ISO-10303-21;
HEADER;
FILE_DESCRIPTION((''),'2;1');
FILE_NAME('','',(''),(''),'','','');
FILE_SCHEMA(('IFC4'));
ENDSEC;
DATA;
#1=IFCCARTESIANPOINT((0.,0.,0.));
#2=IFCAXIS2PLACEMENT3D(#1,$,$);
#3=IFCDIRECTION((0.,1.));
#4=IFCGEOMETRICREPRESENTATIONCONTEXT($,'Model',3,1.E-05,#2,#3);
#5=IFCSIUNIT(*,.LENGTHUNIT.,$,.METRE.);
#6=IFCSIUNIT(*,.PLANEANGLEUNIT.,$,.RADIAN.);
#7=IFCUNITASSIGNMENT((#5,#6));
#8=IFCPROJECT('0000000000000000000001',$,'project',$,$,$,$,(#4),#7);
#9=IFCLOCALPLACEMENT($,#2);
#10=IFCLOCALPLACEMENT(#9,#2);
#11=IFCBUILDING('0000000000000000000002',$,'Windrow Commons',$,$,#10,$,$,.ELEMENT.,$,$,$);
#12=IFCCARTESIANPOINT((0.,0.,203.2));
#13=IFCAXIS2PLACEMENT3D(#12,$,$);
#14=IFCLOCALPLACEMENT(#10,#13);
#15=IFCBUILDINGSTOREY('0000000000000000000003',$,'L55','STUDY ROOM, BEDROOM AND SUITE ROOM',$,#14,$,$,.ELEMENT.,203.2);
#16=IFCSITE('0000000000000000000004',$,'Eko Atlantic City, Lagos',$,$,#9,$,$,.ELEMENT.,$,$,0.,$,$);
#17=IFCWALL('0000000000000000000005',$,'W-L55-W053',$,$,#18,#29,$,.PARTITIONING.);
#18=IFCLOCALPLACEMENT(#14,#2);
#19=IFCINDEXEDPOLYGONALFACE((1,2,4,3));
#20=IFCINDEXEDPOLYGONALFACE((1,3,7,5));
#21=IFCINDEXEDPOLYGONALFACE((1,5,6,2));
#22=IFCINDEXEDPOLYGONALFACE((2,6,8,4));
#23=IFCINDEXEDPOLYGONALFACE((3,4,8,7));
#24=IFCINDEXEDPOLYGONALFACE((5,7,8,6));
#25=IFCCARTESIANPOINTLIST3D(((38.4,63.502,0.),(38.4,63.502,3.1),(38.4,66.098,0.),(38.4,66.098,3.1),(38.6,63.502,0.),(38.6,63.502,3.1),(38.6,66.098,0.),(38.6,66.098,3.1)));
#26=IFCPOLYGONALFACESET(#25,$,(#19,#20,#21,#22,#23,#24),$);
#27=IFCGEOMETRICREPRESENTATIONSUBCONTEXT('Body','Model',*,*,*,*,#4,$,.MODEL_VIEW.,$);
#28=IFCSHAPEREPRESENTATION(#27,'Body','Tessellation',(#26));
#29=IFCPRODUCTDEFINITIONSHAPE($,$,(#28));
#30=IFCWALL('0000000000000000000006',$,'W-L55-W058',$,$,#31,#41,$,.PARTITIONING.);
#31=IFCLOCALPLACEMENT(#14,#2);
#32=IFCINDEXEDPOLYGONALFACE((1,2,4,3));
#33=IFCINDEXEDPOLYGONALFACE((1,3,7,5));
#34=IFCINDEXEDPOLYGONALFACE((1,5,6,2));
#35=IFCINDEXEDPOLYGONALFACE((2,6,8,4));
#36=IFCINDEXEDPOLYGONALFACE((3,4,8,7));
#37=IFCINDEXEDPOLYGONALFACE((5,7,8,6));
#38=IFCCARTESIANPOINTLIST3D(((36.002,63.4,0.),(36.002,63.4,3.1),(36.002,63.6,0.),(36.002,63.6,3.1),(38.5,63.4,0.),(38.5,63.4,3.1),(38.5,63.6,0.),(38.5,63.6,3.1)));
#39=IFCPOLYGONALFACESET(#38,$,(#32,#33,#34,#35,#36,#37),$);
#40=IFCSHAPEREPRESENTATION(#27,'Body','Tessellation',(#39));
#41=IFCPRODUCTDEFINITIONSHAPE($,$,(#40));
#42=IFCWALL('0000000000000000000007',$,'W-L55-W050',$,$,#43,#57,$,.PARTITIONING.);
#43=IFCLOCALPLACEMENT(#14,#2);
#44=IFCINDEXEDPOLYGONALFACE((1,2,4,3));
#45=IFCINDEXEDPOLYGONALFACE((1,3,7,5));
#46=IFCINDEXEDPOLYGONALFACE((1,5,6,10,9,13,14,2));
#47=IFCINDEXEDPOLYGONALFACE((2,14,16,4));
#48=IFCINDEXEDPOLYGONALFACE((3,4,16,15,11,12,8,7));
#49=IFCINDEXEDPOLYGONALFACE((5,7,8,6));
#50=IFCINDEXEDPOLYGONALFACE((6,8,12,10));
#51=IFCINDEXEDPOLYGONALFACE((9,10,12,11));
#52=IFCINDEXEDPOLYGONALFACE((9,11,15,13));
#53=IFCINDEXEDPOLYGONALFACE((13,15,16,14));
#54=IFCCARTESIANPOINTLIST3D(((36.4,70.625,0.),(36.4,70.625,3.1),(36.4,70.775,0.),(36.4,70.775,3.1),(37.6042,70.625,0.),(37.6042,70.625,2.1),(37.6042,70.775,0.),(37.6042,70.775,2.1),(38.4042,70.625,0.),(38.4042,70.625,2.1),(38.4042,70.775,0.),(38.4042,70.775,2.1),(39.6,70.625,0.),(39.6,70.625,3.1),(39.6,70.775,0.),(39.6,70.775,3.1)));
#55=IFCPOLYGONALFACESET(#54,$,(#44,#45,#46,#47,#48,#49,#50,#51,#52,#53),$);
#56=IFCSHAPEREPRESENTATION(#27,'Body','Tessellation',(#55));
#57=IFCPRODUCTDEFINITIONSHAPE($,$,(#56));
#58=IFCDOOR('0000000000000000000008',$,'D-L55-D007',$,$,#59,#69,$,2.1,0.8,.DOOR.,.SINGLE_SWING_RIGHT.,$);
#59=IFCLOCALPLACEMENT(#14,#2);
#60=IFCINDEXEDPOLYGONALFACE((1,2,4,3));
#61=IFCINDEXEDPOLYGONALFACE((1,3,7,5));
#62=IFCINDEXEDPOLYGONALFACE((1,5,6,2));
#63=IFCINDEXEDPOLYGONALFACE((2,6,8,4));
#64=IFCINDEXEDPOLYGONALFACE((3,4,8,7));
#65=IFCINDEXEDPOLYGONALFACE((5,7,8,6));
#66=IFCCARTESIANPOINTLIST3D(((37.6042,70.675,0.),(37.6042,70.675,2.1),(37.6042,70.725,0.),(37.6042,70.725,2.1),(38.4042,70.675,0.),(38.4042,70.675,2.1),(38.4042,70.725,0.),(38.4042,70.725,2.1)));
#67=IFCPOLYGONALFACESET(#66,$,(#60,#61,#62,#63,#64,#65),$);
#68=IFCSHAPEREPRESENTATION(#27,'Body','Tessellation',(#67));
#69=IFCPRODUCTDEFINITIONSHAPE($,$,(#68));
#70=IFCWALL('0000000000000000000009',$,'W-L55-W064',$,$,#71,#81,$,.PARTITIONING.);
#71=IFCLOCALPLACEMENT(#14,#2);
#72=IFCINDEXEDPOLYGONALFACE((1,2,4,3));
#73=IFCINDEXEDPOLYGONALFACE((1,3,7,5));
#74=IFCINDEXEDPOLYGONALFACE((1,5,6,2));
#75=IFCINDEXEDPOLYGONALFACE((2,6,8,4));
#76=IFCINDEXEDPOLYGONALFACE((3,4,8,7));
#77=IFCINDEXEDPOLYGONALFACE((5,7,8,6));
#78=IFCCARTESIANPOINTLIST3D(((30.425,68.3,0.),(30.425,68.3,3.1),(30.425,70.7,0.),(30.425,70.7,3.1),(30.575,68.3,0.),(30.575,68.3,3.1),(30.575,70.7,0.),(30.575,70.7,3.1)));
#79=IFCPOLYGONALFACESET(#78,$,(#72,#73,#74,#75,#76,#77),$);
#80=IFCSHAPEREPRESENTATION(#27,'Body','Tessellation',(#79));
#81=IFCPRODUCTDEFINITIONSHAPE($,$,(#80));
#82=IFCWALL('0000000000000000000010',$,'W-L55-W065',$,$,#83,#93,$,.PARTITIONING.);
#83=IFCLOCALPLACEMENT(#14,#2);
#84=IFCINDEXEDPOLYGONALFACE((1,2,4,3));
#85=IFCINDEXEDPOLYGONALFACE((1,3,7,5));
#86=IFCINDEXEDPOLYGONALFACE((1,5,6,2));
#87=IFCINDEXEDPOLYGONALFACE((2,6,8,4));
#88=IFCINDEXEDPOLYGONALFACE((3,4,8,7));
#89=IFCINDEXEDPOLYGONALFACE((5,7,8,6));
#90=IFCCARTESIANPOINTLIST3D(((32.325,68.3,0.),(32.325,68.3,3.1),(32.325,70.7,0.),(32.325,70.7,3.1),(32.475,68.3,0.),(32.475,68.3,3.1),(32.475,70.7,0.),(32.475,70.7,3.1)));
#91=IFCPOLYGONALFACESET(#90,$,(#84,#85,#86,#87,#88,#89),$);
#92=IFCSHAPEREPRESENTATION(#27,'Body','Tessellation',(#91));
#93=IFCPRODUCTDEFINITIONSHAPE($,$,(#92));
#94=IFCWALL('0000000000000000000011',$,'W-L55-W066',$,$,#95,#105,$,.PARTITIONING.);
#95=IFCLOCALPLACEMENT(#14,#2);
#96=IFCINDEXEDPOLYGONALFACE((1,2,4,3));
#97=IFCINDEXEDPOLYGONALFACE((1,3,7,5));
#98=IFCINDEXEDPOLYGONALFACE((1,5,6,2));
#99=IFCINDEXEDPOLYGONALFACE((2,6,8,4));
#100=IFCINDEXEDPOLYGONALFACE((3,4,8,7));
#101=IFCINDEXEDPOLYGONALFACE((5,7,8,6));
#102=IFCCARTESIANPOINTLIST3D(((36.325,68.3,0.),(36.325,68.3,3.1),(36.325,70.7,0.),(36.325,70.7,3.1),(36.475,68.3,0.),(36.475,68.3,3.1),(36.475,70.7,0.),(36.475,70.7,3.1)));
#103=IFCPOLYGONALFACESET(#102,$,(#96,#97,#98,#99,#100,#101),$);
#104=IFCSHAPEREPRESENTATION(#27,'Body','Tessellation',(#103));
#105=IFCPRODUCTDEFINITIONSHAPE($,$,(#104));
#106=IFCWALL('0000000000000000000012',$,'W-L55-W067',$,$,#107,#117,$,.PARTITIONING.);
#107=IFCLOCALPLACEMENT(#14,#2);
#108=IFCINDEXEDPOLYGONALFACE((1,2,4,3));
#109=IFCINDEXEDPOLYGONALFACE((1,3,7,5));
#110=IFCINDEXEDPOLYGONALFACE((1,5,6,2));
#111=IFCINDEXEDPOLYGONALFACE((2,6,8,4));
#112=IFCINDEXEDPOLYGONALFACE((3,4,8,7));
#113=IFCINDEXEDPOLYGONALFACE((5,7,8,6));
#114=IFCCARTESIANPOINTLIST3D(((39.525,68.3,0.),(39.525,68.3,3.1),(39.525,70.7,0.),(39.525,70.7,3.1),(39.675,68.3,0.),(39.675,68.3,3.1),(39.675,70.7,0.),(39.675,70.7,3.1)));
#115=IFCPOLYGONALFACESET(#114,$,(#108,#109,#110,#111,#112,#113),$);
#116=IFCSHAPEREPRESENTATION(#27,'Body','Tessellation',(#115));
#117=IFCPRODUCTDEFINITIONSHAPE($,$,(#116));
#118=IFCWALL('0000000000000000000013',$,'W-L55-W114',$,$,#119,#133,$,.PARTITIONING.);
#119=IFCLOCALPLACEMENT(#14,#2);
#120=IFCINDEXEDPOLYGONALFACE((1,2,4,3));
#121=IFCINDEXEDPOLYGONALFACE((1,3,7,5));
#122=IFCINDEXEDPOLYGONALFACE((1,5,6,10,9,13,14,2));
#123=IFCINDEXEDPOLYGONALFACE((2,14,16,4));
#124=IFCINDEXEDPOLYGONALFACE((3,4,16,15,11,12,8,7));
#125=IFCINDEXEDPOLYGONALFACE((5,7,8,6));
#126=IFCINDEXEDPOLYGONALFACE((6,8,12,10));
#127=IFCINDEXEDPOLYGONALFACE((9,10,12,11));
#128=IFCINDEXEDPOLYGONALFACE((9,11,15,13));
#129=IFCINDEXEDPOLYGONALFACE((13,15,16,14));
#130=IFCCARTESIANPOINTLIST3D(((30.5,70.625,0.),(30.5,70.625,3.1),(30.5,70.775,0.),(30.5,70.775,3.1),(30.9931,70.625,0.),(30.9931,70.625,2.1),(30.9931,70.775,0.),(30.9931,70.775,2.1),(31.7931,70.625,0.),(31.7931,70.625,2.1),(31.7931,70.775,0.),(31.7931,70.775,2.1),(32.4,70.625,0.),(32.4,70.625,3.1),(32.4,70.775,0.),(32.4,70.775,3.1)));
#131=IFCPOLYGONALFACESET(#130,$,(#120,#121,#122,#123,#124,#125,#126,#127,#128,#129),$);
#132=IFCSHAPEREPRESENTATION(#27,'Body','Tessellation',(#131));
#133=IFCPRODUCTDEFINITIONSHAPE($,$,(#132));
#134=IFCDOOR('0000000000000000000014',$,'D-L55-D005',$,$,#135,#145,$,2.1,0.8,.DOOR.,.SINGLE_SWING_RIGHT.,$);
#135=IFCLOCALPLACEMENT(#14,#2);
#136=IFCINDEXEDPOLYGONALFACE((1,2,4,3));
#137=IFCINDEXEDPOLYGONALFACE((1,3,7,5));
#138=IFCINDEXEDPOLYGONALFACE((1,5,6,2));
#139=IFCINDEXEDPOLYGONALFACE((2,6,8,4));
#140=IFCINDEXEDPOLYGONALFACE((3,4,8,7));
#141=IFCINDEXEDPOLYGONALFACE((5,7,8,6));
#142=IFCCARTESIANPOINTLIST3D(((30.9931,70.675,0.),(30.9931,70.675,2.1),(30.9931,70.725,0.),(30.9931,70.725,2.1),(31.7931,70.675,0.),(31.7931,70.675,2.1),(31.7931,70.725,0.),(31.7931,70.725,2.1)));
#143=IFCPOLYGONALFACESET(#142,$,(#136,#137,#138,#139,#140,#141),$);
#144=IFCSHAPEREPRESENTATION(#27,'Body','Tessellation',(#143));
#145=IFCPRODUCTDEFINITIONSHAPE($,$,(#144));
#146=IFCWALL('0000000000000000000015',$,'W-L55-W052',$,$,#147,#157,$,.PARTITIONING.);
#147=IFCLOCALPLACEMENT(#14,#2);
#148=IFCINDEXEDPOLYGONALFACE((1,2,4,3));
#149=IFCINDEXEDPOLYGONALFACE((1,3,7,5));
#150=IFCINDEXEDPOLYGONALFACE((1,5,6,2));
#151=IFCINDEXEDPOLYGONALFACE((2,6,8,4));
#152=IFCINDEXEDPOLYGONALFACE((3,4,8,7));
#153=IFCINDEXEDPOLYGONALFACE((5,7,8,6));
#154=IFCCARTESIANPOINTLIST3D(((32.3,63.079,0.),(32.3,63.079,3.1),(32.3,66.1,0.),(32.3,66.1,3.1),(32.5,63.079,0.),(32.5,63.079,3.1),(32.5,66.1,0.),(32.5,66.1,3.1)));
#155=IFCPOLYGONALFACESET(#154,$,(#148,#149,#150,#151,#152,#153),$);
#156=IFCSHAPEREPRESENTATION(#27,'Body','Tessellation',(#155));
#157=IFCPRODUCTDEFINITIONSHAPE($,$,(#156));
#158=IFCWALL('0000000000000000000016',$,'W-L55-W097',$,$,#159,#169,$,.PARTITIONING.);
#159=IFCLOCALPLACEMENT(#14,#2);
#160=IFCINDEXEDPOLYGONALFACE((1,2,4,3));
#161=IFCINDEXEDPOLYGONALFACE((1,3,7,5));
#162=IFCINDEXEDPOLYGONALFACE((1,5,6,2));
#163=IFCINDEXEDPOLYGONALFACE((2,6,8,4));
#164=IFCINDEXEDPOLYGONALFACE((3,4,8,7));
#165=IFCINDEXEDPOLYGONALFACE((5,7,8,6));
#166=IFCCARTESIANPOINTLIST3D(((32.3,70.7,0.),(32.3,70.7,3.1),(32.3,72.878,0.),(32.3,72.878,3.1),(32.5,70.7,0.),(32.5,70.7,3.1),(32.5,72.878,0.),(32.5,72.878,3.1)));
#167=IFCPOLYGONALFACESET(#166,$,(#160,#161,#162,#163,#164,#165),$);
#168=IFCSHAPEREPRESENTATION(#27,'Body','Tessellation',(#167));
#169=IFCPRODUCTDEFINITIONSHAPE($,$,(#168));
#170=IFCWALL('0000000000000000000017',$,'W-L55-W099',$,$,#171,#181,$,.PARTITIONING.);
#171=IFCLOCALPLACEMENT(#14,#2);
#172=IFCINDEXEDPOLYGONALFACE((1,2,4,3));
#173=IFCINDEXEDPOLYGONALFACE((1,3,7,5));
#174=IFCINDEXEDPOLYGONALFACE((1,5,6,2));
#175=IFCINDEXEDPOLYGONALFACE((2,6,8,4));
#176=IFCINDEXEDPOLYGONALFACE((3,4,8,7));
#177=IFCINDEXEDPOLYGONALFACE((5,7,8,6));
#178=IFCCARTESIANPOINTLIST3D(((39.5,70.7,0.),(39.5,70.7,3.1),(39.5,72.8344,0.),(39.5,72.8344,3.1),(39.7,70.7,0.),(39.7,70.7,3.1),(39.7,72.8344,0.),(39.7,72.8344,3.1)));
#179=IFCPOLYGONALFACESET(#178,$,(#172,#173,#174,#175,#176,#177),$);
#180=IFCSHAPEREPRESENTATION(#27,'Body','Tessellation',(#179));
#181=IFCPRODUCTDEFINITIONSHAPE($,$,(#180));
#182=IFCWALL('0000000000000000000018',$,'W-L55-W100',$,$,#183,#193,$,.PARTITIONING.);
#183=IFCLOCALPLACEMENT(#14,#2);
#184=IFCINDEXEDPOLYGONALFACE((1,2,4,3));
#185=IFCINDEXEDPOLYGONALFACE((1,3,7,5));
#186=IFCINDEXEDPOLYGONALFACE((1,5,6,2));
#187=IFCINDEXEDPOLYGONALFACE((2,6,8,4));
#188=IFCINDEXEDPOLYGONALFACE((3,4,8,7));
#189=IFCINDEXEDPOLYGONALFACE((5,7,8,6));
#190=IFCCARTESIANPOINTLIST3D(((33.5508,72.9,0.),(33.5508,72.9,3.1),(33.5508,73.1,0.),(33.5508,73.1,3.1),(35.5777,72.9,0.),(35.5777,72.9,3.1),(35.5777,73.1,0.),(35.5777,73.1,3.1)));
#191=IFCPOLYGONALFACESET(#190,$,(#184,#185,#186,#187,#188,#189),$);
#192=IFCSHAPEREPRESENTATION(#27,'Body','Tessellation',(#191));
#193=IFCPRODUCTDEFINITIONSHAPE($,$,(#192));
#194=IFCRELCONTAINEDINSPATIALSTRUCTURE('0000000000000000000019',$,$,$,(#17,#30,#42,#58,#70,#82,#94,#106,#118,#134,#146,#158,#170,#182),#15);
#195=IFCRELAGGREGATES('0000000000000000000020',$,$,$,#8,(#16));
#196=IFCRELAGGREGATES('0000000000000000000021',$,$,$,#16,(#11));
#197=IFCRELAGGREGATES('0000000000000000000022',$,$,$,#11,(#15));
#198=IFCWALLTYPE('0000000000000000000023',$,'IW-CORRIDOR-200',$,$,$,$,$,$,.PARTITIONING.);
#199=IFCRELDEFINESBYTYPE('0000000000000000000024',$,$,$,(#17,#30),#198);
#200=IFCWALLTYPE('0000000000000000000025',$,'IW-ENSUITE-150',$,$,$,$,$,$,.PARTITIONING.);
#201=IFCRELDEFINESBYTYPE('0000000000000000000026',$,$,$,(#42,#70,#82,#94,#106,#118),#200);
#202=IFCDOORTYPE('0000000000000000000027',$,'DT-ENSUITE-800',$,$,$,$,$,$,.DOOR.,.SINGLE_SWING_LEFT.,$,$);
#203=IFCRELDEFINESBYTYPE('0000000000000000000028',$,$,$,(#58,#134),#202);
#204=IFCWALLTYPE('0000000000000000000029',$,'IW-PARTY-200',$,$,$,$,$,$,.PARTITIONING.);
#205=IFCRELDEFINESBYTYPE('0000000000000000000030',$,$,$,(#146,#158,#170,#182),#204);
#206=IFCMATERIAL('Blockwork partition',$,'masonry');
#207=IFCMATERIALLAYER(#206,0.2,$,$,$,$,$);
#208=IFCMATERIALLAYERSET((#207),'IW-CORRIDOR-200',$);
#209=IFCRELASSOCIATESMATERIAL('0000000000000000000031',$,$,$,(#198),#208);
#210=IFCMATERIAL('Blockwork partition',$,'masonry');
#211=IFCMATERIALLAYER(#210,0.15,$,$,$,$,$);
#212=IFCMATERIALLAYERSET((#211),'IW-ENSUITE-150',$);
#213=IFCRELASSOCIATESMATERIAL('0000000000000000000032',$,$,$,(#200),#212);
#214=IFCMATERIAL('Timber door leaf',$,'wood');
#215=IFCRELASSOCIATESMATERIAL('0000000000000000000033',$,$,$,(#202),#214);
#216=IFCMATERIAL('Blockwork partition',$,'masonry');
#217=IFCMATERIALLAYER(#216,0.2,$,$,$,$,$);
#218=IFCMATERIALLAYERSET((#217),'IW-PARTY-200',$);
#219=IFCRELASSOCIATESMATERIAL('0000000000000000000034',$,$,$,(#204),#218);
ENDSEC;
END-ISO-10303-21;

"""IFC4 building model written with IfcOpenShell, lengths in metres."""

from ifc_helpers import new_model, si_unit, direction, frame, frame_2d, origin, place, context, subcontext, project, spatial, rectangle, extrude, material, layer, layer_set, type_object, element, fill, save


model = new_model("IFC4")

# Units and contexts
model_context = context("Model", 3, precision=1e-05, world=origin(), true_north=direction((0.0, 1.0)))
body_context = subcontext(model_context, "Body", "Model", "MODEL_VIEW")
ifc_project = project(units=[si_unit("LENGTHUNIT", "METRE"), si_unit("PLANEANGLEUNIT", "RADIAN")], contexts=[model_context])

# Site, building, storey
site_placement = place(None, origin())
site = spatial("IfcSite", under=ifc_project, at=site_placement, Name="Eko Atlantic City, Lagos", CompositionType="ELEMENT", RefElevation=0.0)
building_placement = place(site_placement, origin())
building = spatial("IfcBuilding", under=site, at=building_placement, Name="Windrow Commons", CompositionType="ELEMENT")
storey_placement = place(building_placement, frame((0.0, 0.0, 203.2)))
storey = spatial("IfcBuildingStorey", under=building, at=storey_placement, Name="L55", Description="STUDY ROOM, BEDROOM AND SUITE ROOM", CompositionType="ELEMENT", Elevation=203.2)

# Walls
ifc_material_1 = material(Name="Blockwork partition", Category="masonry")
ifc_layer_1 = layer(ifc_material_1, 0.2)
ifc_layer_set_1 = layer_set([ifc_layer_1], Name="IW-CORRIDOR-200")
wall_type_1 = type_object("IfcWallType", Name="IW-CORRIDOR-200", PredefinedType="PARTITIONING", material=ifc_layer_set_1)
wall_1_placement = place(storey_placement, frame((38.5, 63.502, 0.0), z_axis=(0.0, 0.0, 1.0), x_axis=(0.0, 1.0, 0.0)))
element("IfcWall", 1, at=wall_1_placement, inside=storey, type_object=wall_type_1, Name="W-L55-W053", PredefinedType="PARTITIONING", context=body_context, shape_type="SweptSolid", body=[
    extrude(rectangle(XDim=2.596, YDim=0.2, at=frame_2d((1.298, 0.0))), origin(), (0.0, 0.0, 1.0), 3.1),
])
wall_2_placement = place(storey_placement, frame((36.002, 63.5, 0.0), z_axis=(0.0, 0.0, 1.0), x_axis=(1.0, 0.0, 0.0)))
element("IfcWall", 2, at=wall_2_placement, inside=storey, type_object=wall_type_1, Name="W-L55-W058", PredefinedType="PARTITIONING", context=body_context, shape_type="SweptSolid", body=[
    extrude(rectangle(XDim=2.498, YDim=0.2, at=frame_2d((1.249, 0.0))), origin(), (0.0, 0.0, 1.0), 3.1),
])

# Wall, opening, door
ifc_material_2 = material(Name="Blockwork partition", Category="masonry")
ifc_layer_2 = layer(ifc_material_2, 0.15)
ifc_layer_set_2 = layer_set([ifc_layer_2], Name="IW-ENSUITE-150")
wall_type_2 = type_object("IfcWallType", Name="IW-ENSUITE-150", PredefinedType="PARTITIONING", material=ifc_layer_set_2)
wall_3_placement = place(storey_placement, frame((36.4, 70.7, 0.0), z_axis=(0.0, 0.0, 1.0), x_axis=(1.0, 0.0, 0.0)))
wall_3 = element("IfcWall", 3, at=wall_3_placement, inside=storey, type_object=wall_type_2, Name="W-L55-W050", PredefinedType="PARTITIONING", context=body_context, shape_type="SweptSolid", body=[
    extrude(rectangle(XDim=3.2, YDim=0.15, at=frame_2d((1.6, 0.0))), origin(), (0.0, 0.0, 1.0), 3.1),
])
opening_1_placement = place(wall_3_placement, frame((1.2042, 0.0, 0.0)))
opening_1 = element("IfcOpeningElement", 4, at=opening_1_placement, cuts=wall_3, PredefinedType="OPENING", context=body_context, shape_type="SweptSolid", body=[
    extrude(rectangle(XDim=0.8, YDim=2.1, at=frame_2d((0.4, 1.05))), frame((0.0, 0.085, 0.0), z_axis=(0.0, -1.0, 0.0), x_axis=(1.0, 0.0, 0.0)), (0.0, 0.0, 1.0), 0.17),
])
ifc_material_3 = material(Name="Timber door leaf", Category="wood")
door_type = type_object("IfcDoorType", Name="DT-ENSUITE-800", OperationType="SINGLE_SWING_LEFT", PredefinedType="DOOR", material=ifc_material_3)
door_1_placement = place(opening_1_placement, origin())
door_1 = element("IfcDoor", 5, at=door_1_placement, inside=storey, type_object=door_type, Name="D-L55-D007", OperationType="SINGLE_SWING_RIGHT", OverallHeight=2.1, OverallWidth=0.8, PredefinedType="DOOR", context=body_context, shape_type="SweptSolid", body=[
    extrude(rectangle(XDim=0.8, YDim=2.1, at=frame_2d((0.4, 1.05))), frame((0.0, 0.025, 0.0), z_axis=(0.0, -1.0, 0.0), x_axis=(1.0, 0.0, 0.0)), (0.0, 0.0, 1.0), 0.05),
])
fill(opening_1, door_1)

# Walls
for number, where, z_axis, x_axis, name in (
    (6, (30.5, 68.3, 0.0), (0.0, 0.0, 1.0), (0.0, 1.0, 0.0), "W-L55-W064"),
    (7, (32.4, 68.3, 0.0), (0.0, 0.0, 1.0), (0.0, 1.0, 0.0), "W-L55-W065"),
    (8, (36.4, 68.3, 0.0), (0.0, 0.0, 1.0), (0.0, 1.0, 0.0), "W-L55-W066"),
    (9, (39.6, 68.3, 0.0), (0.0, 0.0, 1.0), (0.0, 1.0, 0.0), "W-L55-W067"),
):
    element("IfcWall", number, at=place(storey_placement, frame(where, z_axis=z_axis, x_axis=x_axis)), inside=storey, type_object=wall_type_2, Name=name, PredefinedType="PARTITIONING", context=body_context, shape_type="SweptSolid", body=[
        extrude(rectangle(XDim=2.4, YDim=0.15, at=frame_2d((1.2, 0.0))), origin(), (0.0, 0.0, 1.0), 3.1),
    ])

# Wall, opening, door
wall_4_placement = place(storey_placement, frame((30.5, 70.7, 0.0), z_axis=(0.0, 0.0, 1.0), x_axis=(1.0, 0.0, 0.0)))
wall_4 = element("IfcWall", 10, at=wall_4_placement, inside=storey, type_object=wall_type_2, Name="W-L55-W114", PredefinedType="PARTITIONING", context=body_context, shape_type="SweptSolid", body=[
    extrude(rectangle(XDim=1.9, YDim=0.15, at=frame_2d((0.95, 0.0))), origin(), (0.0, 0.0, 1.0), 3.1),
])
opening_2_placement = place(wall_4_placement, frame((0.4931, 0.0, 0.0)))
opening_2 = element("IfcOpeningElement", 11, at=opening_2_placement, cuts=wall_4, PredefinedType="OPENING", context=body_context, shape_type="SweptSolid", body=[
    extrude(rectangle(XDim=0.8, YDim=2.1, at=frame_2d((0.4, 1.05))), frame((0.0, 0.085, 0.0), z_axis=(0.0, -1.0, 0.0), x_axis=(1.0, 0.0, 0.0)), (0.0, 0.0, 1.0), 0.17),
])
door_2_placement = place(opening_2_placement, origin())
door_2 = element("IfcDoor", 12, at=door_2_placement, inside=storey, type_object=door_type, Name="D-L55-D005", OperationType="SINGLE_SWING_RIGHT", OverallHeight=2.1, OverallWidth=0.8, PredefinedType="DOOR", context=body_context, shape_type="SweptSolid", body=[
    extrude(rectangle(XDim=0.8, YDim=2.1, at=frame_2d((0.4, 1.05))), frame((0.0, 0.025, 0.0), z_axis=(0.0, -1.0, 0.0), x_axis=(1.0, 0.0, 0.0)), (0.0, 0.0, 1.0), 0.05),
])
fill(opening_2, door_2)

# Walls
ifc_material_4 = material(Name="Blockwork partition", Category="masonry")
ifc_layer_3 = layer(ifc_material_4, 0.2)
ifc_layer_set_3 = layer_set([ifc_layer_3], Name="IW-PARTY-200")
wall_type_3 = type_object("IfcWallType", Name="IW-PARTY-200", PredefinedType="PARTITIONING", material=ifc_layer_set_3)
wall_5_placement = place(storey_placement, frame((32.4, 63.079, 0.0), z_axis=(0.0, 0.0, 1.0), x_axis=(0.0, 1.0, 0.0)))
element("IfcWall", 13, at=wall_5_placement, inside=storey, type_object=wall_type_3, Name="W-L55-W052", PredefinedType="PARTITIONING", context=body_context, shape_type="SweptSolid", body=[
    extrude(rectangle(XDim=3.021, YDim=0.2, at=frame_2d((1.5105, 0.0))), origin(), (0.0, 0.0, 1.0), 3.1),
])
wall_6_placement = place(storey_placement, frame((32.4, 70.7, 0.0), z_axis=(0.0, 0.0, 1.0), x_axis=(0.0, 1.0, 0.0)))
element("IfcWall", 14, at=wall_6_placement, inside=storey, type_object=wall_type_3, Name="W-L55-W097", PredefinedType="PARTITIONING", context=body_context, shape_type="SweptSolid", body=[
    extrude(rectangle(XDim=2.1779, YDim=0.2, at=frame_2d((1.089, 0.0))), origin(), (0.0, 0.0, 1.0), 3.1),
])
wall_7_placement = place(storey_placement, frame((39.6, 70.7, 0.0), z_axis=(0.0, 0.0, 1.0), x_axis=(0.0, 1.0, 0.0)))
element("IfcWall", 15, at=wall_7_placement, inside=storey, type_object=wall_type_3, Name="W-L55-W099", PredefinedType="PARTITIONING", context=body_context, shape_type="SweptSolid", body=[
    extrude(rectangle(XDim=2.1344, YDim=0.2, at=frame_2d((1.0672, 0.0))), origin(), (0.0, 0.0, 1.0), 3.1),
])
wall_8_placement = place(storey_placement, frame((33.5508, 73.0, 0.0), z_axis=(0.0, 0.0, 1.0), x_axis=(1.0, 0.0, 0.0)))
element("IfcWall", 16, at=wall_8_placement, inside=storey, type_object=wall_type_3, Name="W-L55-W100", PredefinedType="PARTITIONING", context=body_context, shape_type="SweptSolid", body=[
    extrude(rectangle(XDim=2.0269, YDim=0.2, at=frame_2d((1.0134, 0.0))), origin(), (0.0, 0.0, 1.0), 3.1),
])

save(model, "model.ifc")
